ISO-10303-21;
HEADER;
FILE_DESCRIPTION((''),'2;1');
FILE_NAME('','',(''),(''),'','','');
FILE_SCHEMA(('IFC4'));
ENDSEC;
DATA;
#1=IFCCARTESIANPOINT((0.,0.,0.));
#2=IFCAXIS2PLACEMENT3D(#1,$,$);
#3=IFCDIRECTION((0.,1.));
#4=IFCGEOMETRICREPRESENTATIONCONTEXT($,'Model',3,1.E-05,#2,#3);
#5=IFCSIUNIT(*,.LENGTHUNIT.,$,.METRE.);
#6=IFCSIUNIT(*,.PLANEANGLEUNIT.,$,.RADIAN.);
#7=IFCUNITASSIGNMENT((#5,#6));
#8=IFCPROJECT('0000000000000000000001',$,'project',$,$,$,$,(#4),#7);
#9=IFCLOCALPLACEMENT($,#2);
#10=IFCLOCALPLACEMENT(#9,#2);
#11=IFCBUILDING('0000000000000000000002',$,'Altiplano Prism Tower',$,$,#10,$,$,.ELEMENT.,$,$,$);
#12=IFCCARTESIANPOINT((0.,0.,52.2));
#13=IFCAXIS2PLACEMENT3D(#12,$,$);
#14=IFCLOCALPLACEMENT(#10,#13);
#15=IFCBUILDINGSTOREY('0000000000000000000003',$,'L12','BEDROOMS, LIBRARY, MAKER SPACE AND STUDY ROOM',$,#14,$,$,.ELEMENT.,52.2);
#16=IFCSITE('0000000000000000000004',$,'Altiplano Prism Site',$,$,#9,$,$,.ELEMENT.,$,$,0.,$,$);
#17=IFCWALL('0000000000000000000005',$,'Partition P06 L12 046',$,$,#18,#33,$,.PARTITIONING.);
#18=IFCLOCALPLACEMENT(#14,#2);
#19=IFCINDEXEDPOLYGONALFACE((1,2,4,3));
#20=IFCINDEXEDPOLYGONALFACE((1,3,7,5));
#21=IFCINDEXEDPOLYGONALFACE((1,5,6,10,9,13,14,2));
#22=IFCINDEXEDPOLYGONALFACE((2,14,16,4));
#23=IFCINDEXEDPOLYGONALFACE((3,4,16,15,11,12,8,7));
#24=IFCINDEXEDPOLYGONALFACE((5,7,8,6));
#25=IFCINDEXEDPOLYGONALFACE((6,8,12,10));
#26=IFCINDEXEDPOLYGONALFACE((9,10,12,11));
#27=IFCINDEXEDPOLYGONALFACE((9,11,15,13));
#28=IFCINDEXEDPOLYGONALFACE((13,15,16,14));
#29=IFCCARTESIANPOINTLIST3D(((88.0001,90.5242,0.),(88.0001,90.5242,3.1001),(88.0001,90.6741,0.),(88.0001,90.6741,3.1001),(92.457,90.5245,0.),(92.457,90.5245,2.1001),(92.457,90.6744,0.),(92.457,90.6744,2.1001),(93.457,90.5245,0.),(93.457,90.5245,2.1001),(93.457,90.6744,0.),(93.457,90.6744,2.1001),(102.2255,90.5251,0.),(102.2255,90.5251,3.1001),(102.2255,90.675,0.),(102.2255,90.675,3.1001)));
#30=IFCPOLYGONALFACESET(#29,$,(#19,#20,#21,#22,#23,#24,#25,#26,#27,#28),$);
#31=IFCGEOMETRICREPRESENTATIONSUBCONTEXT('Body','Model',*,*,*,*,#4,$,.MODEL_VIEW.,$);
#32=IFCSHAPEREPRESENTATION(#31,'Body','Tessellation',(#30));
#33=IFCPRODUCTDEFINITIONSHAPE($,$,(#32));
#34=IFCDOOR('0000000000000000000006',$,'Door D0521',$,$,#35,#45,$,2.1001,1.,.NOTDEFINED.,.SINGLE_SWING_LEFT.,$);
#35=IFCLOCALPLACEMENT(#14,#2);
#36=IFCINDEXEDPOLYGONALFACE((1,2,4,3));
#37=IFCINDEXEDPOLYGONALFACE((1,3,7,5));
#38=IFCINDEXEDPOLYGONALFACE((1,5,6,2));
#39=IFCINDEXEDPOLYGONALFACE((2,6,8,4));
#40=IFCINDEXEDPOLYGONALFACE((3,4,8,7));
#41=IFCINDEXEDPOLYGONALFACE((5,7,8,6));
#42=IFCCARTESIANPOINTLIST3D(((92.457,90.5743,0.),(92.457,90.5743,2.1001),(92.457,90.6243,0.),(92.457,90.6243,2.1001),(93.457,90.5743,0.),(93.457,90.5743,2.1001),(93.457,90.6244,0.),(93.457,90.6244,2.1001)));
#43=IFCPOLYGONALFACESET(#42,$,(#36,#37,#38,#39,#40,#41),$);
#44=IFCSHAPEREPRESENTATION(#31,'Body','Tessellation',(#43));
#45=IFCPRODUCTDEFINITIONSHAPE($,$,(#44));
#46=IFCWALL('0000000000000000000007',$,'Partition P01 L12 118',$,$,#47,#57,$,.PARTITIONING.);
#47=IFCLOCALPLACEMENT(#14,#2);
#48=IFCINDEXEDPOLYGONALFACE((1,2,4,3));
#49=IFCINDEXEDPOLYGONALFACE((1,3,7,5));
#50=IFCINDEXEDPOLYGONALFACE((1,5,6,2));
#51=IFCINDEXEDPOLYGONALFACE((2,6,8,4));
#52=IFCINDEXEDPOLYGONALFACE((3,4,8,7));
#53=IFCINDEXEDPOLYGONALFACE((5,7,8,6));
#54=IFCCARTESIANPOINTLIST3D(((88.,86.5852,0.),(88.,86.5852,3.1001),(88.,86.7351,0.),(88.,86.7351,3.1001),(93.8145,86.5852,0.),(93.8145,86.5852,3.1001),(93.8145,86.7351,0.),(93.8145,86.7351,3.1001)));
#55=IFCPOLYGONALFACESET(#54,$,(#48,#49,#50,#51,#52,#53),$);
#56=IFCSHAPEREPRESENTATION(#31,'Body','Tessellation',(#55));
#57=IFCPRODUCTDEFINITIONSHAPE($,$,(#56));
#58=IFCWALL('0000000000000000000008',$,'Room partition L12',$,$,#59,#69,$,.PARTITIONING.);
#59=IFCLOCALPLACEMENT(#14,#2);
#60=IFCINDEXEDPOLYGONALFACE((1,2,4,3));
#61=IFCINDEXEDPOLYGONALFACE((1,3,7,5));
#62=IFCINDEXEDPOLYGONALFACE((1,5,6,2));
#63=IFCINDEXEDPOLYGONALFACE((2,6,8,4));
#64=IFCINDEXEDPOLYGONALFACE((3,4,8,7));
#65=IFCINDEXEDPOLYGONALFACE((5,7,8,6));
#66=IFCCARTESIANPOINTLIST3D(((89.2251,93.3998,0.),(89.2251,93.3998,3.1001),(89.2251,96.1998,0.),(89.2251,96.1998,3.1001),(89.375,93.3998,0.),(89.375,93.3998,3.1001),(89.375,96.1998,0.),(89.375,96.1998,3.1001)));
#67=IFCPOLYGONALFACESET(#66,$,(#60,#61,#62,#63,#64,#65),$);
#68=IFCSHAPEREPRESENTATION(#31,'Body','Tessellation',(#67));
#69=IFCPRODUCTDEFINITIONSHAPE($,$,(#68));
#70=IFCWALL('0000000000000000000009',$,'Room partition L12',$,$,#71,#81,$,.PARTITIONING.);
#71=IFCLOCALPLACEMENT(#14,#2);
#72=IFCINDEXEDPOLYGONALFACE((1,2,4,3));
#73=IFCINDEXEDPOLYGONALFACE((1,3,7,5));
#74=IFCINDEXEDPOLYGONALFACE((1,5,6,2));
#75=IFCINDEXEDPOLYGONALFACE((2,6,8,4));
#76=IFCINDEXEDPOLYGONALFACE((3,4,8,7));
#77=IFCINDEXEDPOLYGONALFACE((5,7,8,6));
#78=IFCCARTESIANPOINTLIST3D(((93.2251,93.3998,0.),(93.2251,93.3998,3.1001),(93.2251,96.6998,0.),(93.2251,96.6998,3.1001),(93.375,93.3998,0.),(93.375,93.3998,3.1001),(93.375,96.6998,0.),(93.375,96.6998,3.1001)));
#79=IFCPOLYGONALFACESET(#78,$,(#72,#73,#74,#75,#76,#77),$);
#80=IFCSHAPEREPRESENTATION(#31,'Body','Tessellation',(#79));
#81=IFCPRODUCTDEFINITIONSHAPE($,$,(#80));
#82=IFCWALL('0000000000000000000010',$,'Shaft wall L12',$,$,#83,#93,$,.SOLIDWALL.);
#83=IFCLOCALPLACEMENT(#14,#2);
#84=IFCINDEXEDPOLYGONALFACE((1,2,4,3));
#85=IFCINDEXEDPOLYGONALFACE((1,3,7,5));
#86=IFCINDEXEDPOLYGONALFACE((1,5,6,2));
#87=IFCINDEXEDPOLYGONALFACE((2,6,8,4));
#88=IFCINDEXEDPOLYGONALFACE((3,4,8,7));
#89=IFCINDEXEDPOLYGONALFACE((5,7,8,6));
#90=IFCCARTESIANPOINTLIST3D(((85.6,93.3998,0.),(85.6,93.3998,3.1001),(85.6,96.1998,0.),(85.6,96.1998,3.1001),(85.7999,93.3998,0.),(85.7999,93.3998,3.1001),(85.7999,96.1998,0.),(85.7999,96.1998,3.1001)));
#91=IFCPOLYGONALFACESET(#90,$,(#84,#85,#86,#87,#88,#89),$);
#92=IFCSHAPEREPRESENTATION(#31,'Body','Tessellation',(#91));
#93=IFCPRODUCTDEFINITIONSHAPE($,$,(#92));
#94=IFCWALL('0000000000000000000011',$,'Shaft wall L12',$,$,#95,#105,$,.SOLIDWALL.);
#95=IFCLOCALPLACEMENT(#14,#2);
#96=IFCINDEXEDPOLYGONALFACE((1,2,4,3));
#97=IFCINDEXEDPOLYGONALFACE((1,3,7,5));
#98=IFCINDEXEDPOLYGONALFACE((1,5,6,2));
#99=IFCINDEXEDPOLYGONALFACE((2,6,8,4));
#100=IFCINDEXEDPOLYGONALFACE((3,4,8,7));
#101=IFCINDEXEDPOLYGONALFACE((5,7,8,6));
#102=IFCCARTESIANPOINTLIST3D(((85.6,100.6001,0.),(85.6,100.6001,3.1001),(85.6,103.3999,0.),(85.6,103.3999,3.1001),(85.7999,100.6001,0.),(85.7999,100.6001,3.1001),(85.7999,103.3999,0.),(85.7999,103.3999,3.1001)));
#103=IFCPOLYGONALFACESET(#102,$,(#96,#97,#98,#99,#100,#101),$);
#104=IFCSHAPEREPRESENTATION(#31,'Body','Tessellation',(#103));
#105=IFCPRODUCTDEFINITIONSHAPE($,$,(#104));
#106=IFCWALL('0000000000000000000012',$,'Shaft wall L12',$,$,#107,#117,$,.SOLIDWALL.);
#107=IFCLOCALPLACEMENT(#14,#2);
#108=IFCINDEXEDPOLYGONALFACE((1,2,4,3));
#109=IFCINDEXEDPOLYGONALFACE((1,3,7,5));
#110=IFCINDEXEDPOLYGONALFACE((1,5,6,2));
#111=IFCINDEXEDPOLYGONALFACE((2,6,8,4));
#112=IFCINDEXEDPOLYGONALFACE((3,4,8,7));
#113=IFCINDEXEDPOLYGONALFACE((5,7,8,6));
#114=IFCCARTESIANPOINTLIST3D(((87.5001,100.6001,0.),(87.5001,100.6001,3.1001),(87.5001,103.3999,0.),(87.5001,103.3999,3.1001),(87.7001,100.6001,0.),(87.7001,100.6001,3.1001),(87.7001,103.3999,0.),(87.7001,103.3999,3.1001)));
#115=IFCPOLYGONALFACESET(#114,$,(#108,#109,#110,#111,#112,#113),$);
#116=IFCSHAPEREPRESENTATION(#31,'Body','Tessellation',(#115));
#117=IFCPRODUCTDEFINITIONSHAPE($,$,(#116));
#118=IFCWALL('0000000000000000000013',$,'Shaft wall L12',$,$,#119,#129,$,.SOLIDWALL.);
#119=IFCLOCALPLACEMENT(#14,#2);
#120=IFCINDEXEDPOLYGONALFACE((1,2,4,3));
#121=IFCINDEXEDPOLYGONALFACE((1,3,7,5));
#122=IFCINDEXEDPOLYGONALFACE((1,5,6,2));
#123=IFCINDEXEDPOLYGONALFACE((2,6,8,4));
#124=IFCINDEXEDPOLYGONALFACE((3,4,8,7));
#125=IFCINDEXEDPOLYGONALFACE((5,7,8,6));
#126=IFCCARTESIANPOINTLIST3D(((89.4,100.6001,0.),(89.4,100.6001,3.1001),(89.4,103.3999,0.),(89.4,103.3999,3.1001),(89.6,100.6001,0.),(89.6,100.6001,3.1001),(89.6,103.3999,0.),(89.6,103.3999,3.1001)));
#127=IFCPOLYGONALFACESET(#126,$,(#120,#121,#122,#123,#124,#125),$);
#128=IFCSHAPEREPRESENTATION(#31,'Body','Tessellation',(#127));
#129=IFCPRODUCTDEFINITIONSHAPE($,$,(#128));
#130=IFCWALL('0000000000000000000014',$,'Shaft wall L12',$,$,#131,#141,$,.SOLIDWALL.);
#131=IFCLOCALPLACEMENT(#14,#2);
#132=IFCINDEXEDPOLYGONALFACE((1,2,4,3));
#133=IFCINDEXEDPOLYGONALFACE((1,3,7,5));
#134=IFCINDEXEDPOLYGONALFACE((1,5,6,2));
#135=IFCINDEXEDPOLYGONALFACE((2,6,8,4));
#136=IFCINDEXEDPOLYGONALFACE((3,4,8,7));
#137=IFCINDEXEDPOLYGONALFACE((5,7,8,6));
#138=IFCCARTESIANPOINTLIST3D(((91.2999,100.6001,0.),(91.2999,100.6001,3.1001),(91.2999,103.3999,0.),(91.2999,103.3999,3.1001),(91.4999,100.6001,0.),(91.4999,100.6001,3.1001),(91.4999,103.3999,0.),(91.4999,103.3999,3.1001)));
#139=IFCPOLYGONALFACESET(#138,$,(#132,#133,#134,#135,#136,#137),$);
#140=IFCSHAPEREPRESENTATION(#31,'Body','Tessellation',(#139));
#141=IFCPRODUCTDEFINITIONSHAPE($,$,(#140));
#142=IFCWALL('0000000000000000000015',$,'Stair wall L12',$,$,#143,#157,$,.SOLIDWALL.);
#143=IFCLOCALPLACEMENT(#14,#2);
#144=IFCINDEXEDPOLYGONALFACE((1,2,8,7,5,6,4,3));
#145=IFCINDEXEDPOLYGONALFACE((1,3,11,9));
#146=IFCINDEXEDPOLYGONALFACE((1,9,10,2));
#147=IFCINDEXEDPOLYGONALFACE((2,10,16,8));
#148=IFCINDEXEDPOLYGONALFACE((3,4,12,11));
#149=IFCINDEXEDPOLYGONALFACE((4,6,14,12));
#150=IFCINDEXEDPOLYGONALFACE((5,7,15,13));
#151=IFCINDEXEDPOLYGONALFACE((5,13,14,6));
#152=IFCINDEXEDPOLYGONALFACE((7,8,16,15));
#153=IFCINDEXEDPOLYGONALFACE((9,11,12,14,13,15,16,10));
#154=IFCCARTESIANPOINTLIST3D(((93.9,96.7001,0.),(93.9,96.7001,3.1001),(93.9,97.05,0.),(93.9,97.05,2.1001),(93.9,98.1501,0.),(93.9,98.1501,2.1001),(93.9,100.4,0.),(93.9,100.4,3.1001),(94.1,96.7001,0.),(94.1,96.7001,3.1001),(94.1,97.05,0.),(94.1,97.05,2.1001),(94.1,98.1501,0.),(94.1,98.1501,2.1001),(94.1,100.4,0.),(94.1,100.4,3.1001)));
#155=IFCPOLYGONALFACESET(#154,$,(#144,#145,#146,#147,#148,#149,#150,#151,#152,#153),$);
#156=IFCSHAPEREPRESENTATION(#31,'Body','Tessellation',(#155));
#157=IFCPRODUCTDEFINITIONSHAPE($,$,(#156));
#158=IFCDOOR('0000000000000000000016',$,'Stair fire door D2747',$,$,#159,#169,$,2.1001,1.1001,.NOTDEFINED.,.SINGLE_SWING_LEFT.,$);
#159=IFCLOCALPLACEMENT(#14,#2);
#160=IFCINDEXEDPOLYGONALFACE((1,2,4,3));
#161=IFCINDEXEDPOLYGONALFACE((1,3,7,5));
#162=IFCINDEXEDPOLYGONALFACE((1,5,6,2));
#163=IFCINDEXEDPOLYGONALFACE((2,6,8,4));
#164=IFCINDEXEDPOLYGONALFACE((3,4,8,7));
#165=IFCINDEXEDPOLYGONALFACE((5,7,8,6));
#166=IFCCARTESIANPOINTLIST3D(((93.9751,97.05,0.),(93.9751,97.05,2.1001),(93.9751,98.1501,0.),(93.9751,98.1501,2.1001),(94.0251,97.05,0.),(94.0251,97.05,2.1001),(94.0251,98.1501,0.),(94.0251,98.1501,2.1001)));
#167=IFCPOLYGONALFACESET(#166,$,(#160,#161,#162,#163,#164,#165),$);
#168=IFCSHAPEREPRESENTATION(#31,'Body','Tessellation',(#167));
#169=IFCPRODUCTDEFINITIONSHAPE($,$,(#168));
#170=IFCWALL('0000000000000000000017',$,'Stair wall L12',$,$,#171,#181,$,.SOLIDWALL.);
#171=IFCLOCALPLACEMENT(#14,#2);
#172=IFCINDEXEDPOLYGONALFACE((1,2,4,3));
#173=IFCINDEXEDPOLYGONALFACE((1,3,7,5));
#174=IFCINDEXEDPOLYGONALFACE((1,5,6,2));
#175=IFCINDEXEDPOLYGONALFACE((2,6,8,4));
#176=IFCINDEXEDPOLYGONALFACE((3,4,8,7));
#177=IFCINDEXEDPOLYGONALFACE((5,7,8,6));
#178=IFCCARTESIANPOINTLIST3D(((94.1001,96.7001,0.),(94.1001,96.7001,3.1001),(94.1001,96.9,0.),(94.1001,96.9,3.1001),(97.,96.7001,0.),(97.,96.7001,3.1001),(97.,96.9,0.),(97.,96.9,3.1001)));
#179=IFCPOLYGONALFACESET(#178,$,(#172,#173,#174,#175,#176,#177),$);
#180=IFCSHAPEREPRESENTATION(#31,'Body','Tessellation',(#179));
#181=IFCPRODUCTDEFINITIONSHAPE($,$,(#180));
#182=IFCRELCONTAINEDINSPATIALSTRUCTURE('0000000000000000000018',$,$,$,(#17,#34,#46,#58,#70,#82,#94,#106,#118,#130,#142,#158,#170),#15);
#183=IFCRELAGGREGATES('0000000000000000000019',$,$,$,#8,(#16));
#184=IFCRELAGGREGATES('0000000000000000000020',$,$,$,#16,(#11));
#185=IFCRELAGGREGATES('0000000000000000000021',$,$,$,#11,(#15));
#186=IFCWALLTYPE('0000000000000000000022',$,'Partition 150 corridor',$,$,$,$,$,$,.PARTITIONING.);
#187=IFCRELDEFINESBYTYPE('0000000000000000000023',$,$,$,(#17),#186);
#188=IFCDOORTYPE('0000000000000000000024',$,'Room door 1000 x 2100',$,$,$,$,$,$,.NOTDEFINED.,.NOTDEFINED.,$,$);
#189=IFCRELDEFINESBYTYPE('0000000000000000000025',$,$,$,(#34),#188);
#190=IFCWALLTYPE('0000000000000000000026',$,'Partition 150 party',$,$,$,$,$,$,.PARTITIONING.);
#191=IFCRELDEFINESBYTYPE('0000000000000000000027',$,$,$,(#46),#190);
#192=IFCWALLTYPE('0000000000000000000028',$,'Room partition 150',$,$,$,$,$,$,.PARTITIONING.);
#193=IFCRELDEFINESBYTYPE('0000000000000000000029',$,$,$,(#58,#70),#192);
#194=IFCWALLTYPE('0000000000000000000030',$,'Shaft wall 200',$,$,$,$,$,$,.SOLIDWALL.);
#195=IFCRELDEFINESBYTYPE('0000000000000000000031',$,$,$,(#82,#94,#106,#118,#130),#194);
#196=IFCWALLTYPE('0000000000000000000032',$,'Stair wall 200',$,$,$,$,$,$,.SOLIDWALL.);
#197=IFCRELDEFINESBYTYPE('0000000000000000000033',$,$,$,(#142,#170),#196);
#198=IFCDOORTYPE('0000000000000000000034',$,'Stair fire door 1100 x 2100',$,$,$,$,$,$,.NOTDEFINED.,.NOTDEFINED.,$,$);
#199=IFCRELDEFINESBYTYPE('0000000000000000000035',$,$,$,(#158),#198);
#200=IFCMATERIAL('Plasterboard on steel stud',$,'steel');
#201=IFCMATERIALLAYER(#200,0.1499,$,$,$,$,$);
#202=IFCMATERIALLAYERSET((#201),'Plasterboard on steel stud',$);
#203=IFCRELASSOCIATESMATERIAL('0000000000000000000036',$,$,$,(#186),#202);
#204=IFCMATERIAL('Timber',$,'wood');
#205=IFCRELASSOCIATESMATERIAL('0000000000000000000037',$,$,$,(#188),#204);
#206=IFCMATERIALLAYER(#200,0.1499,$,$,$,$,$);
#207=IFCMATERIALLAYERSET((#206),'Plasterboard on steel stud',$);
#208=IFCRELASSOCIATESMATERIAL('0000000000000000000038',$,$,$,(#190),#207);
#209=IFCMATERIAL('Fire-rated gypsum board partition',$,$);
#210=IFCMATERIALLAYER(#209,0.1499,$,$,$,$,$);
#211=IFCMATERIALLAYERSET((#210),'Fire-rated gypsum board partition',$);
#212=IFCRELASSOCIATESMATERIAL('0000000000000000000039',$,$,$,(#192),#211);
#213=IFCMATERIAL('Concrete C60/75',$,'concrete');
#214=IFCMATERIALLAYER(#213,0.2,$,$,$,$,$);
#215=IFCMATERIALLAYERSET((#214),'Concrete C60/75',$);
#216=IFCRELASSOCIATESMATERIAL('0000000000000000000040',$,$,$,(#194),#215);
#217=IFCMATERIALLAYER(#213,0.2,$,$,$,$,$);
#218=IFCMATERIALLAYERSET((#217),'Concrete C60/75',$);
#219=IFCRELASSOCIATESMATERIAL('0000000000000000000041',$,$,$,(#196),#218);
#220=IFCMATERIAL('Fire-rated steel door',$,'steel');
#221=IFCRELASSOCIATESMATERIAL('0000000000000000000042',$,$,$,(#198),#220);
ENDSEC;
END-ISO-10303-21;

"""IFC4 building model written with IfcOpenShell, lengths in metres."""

from ifc_helpers import new_model, si_unit, direction, frame, frame_2d, origin, place, context, subcontext, project, spatial, rectangle, extrude, material, layer, layer_set, type_object, element, fill, save


model = new_model("IFC4")

# Units and contexts
model_context = context("Model", 3, precision=1e-05, world=origin(), true_north=direction((0.0, 1.0)))
body_context = subcontext(model_context, "Body", "Model", "MODEL_VIEW")
ifc_project = project(units=[si_unit("LENGTHUNIT", "METRE"), si_unit("PLANEANGLEUNIT", "RADIAN")], contexts=[model_context])

# Site, building, storey
site_placement = place(None, origin())
site = spatial("IfcSite", under=ifc_project, at=site_placement, Name="Altiplano Prism Site", CompositionType="ELEMENT", RefElevation=0.0)
building_placement = place(site_placement, origin())
building = spatial("IfcBuilding", under=site, at=building_placement, Name="Altiplano Prism Tower", CompositionType="ELEMENT")
storey_placement = place(building_placement, frame((0.0, 0.0, 52.2)))
storey = spatial("IfcBuildingStorey", under=building, at=storey_placement, Name="L12", Description="BEDROOMS, LIBRARY, MAKER SPACE AND STUDY ROOM", CompositionType="ELEMENT", Elevation=52.2)

# Wall, opening, door
ifc_material_1 = material(Name="Plasterboard on steel stud", Category="steel")
ifc_layer_1 = layer(ifc_material_1, 0.1499)
ifc_layer_set_1 = layer_set([ifc_layer_1], Name="Plasterboard on steel stud")
wall_type_1 = type_object("IfcWallType", Name="Partition 150 corridor", PredefinedType="PARTITIONING", material=ifc_layer_set_1)
wall_1_placement = place(storey_placement, frame((88.0, 90.5991, 0.0), z_axis=(0.0, 0.0, 1.0), x_axis=(1.0, 0.000069, 0.0)))
wall_1 = element("IfcWall", 1, at=wall_1_placement, inside=storey, type_object=wall_type_1, Name="Partition P06 L12 046", PredefinedType="PARTITIONING", context=body_context, shape_type="SweptSolid", body=[
    extrude(rectangle(XDim=14.2253, YDim=0.1499, at=frame_2d((7.1128, 0.0))), origin(), (0.0, 0.0, 1.0), 3.1001),
])
opening_1_placement = place(wall_1_placement, frame((4.457, 0.0, 0.0)))
opening_1 = element("IfcOpeningElement", 2, at=opening_1_placement, cuts=wall_1, PredefinedType="OPENING", context=body_context, shape_type="SweptSolid", body=[
    extrude(rectangle(XDim=1.0, YDim=2.1001, at=frame_2d((0.5, 1.05))), frame((0.0, 0.0854, 0.0), z_axis=(0.0, -1.0, 0.0), x_axis=(1.0, 0.0, 0.0)), (0.0, 0.0, 1.0), 0.1709),
])
ifc_material_2 = material(Name="Timber", Category="wood")
door_type_1 = type_object("IfcDoorType", Name="Room door 1000 x 2100", OperationType="NOTDEFINED", PredefinedType="NOTDEFINED", material=ifc_material_2)
door_1_placement = place(opening_1_placement, origin())
door_1 = element("IfcDoor", 3, at=door_1_placement, inside=storey, type_object=door_type_1, Name="Door D0521", OperationType="SINGLE_SWING_LEFT", OverallHeight=2.1001, OverallWidth=1.0, PredefinedType="NOTDEFINED", context=body_context, shape_type="SweptSolid", body=[
    extrude(rectangle(XDim=1.0, YDim=2.1001, at=frame_2d((0.5, 1.05))), frame((0.0, 0.0249, 0.0), z_axis=(0.0, -1.0, 0.0), x_axis=(1.0, 0.0, 0.0)), (0.0, 0.0, 1.0), 0.05),
])
fill(opening_1, door_1)

# Walls
ifc_layer_2 = layer(ifc_material_1, 0.1499)
ifc_layer_set_2 = layer_set([ifc_layer_2], Name="Plasterboard on steel stud")
wall_type_2 = type_object("IfcWallType", Name="Partition 150 party", PredefinedType="PARTITIONING", material=ifc_layer_set_2)
wall_2_placement = place(storey_placement, frame((93.8145, 86.6602, 0.0), z_axis=(0.0, 0.0, 1.0), x_axis=(-1.0, 0.0, 0.0)))
element("IfcWall", 4, at=wall_2_placement, inside=storey, type_object=wall_type_2, Name="Partition P01 L12 118", PredefinedType="PARTITIONING", context=body_context, shape_type="SweptSolid", body=[
    extrude(rectangle(XDim=5.8145, YDim=0.1499, at=frame_2d((2.9072, 0.0))), origin(), (0.0, 0.0, 1.0), 3.1001),
])
ifc_material_3 = material(Name="Fire-rated gypsum board partition")
ifc_layer_3 = layer(ifc_material_3, 0.1499)
ifc_layer_set_3 = layer_set([ifc_layer_3], Name="Fire-rated gypsum board partition")
wall_type_3 = type_object("IfcWallType", Name="Room partition 150", PredefinedType="PARTITIONING", material=ifc_layer_set_3)
wall_3_placement = place(storey_placement, frame((89.3, 93.3999, 0.0), z_axis=(0.0, 0.0, 1.0), x_axis=(0.0, 1.0, 0.0)))
element("IfcWall", 5, at=wall_3_placement, inside=storey, type_object=wall_type_3, Name="Room partition L12", PredefinedType="PARTITIONING", context=body_context, shape_type="SweptSolid", body=[
    extrude(rectangle(XDim=2.8, YDim=0.1499, at=frame_2d((1.3999, 0.0))), origin(), (0.0, 0.0, 1.0), 3.1001),
])
wall_4_placement = place(storey_placement, frame((93.3, 93.3999, 0.0), z_axis=(0.0, 0.0, 1.0), x_axis=(0.0, 1.0, 0.0)))
element("IfcWall", 6, at=wall_4_placement, inside=storey, type_object=wall_type_3, Name="Room partition L12", PredefinedType="PARTITIONING", context=body_context, shape_type="SweptSolid", body=[
    extrude(rectangle(XDim=3.3, YDim=0.1499, at=frame_2d((1.6499, 0.0))), origin(), (0.0, 0.0, 1.0), 3.1001),
])
ifc_material_4 = material(Name="Concrete C60/75", Category="concrete")
ifc_layer_4 = layer(ifc_material_4, 0.2)
ifc_layer_set_4 = layer_set([ifc_layer_4], Name="Concrete C60/75")
wall_type_4 = type_object("IfcWallType", Name="Shaft wall 200", PredefinedType="SOLIDWALL", material=ifc_layer_set_4)
wall_5_placement = place(storey_placement, frame((85.7, 93.3999, 0.0), z_axis=(0.0, 0.0, 1.0), x_axis=(0.0, 1.0, 0.0)))
element("IfcWall", 7, at=wall_5_placement, inside=storey, type_object=wall_type_4, Name="Shaft wall L12", PredefinedType="SOLIDWALL", context=body_context, shape_type="SweptSolid", body=[
    extrude(rectangle(XDim=2.8, YDim=0.2, at=frame_2d((1.3999, 0.0))), origin(), (0.0, 0.0, 1.0), 3.1001),
])
for number, where, z_axis, x_axis, name in (
    (8, (85.7, 100.6001, 0.0), (0.0, 0.0, 1.0), (0.0, 1.0, 0.0), "Shaft wall L12"),
    (9, (87.6001, 100.6001, 0.0), (0.0, 0.0, 1.0), (0.0, 1.0, 0.0), "Shaft wall L12"),
    (10, (89.5, 100.6001, 0.0), (0.0, 0.0, 1.0), (0.0, 1.0, 0.0), "Shaft wall L12"),
    (11, (91.3999, 100.6001, 0.0), (0.0, 0.0, 1.0), (0.0, 1.0, 0.0), "Shaft wall L12"),
):
    element("IfcWall", number, at=place(storey_placement, frame(where, z_axis=z_axis, x_axis=x_axis)), inside=storey, type_object=wall_type_4, Name=name, PredefinedType="SOLIDWALL", context=body_context, shape_type="SweptSolid", body=[
        extrude(rectangle(XDim=2.7998, YDim=0.2, at=frame_2d((1.3999, 0.0))), origin(), (0.0, 0.0, 1.0), 3.1001),
    ])

# Wall, opening, door
ifc_layer_5 = layer(ifc_material_4, 0.2)
ifc_layer_set_5 = layer_set([ifc_layer_5], Name="Concrete C60/75")
wall_type_5 = type_object("IfcWallType", Name="Stair wall 200", PredefinedType="SOLIDWALL", material=ifc_layer_set_5)
wall_6_placement = place(storey_placement, frame((94.0, 96.7, 0.0), z_axis=(0.0, 0.0, 1.0), x_axis=(0.0, 1.0, 0.0)))
wall_6 = element("IfcWall", 12, at=wall_6_placement, inside=storey, type_object=wall_type_5, Name="Stair wall L12", PredefinedType="SOLIDWALL", context=body_context, shape_type="SweptSolid", body=[
    extrude(rectangle(XDim=3.7, YDim=0.2, at=frame_2d((1.8501, 0.0))), origin(), (0.0, 0.0, 1.0), 3.1001),
])
opening_2_placement = place(wall_6_placement, frame((0.3501, 0.0, 0.0)))
opening_2 = element("IfcOpeningElement", 13, at=opening_2_placement, cuts=wall_6, PredefinedType="OPENING", context=body_context, shape_type="SweptSolid", body=[
    extrude(rectangle(XDim=1.1001, YDim=2.1001, at=frame_2d((0.55, 1.05))), frame((0.0, 0.1104, 0.0), z_axis=(0.0, -1.0, 0.0), x_axis=(1.0, 0.0, 0.0)), (0.0, 0.0, 1.0), 0.2209),
])
ifc_material_5 = material(Name="Fire-rated steel door", Category="steel")
door_type_2 = type_object("IfcDoorType", Name="Stair fire door 1100 x 2100", OperationType="NOTDEFINED", PredefinedType="NOTDEFINED", material=ifc_material_5)
door_2_placement = place(opening_2_placement, origin())
door_2 = element("IfcDoor", 14, at=door_2_placement, inside=storey, type_object=door_type_2, Name="Stair fire door D2747", OperationType="SINGLE_SWING_LEFT", OverallHeight=2.1001, OverallWidth=1.1001, PredefinedType="NOTDEFINED", context=body_context, shape_type="SweptSolid", body=[
    extrude(rectangle(XDim=1.1001, YDim=2.1001, at=frame_2d((0.55, 1.05))), frame((0.0, 0.0249, 0.0), z_axis=(0.0, -1.0, 0.0), x_axis=(1.0, 0.0, 0.0)), (0.0, 0.0, 1.0), 0.05),
])
fill(opening_2, door_2)

# Wall
wall_7_placement = place(storey_placement, frame((94.1001, 96.8, 0.0), z_axis=(0.0, 0.0, 1.0), x_axis=(1.0, 0.0, 0.0)))
element("IfcWall", 15, at=wall_7_placement, inside=storey, type_object=wall_type_5, Name="Stair wall L12", PredefinedType="SOLIDWALL", context=body_context, shape_type="SweptSolid", body=[
    extrude(rectangle(XDim=2.8999, YDim=0.2, at=frame_2d((1.45, 0.0))), origin(), (0.0, 0.0, 1.0), 3.1001),
])

save(model, "model.ifc")
